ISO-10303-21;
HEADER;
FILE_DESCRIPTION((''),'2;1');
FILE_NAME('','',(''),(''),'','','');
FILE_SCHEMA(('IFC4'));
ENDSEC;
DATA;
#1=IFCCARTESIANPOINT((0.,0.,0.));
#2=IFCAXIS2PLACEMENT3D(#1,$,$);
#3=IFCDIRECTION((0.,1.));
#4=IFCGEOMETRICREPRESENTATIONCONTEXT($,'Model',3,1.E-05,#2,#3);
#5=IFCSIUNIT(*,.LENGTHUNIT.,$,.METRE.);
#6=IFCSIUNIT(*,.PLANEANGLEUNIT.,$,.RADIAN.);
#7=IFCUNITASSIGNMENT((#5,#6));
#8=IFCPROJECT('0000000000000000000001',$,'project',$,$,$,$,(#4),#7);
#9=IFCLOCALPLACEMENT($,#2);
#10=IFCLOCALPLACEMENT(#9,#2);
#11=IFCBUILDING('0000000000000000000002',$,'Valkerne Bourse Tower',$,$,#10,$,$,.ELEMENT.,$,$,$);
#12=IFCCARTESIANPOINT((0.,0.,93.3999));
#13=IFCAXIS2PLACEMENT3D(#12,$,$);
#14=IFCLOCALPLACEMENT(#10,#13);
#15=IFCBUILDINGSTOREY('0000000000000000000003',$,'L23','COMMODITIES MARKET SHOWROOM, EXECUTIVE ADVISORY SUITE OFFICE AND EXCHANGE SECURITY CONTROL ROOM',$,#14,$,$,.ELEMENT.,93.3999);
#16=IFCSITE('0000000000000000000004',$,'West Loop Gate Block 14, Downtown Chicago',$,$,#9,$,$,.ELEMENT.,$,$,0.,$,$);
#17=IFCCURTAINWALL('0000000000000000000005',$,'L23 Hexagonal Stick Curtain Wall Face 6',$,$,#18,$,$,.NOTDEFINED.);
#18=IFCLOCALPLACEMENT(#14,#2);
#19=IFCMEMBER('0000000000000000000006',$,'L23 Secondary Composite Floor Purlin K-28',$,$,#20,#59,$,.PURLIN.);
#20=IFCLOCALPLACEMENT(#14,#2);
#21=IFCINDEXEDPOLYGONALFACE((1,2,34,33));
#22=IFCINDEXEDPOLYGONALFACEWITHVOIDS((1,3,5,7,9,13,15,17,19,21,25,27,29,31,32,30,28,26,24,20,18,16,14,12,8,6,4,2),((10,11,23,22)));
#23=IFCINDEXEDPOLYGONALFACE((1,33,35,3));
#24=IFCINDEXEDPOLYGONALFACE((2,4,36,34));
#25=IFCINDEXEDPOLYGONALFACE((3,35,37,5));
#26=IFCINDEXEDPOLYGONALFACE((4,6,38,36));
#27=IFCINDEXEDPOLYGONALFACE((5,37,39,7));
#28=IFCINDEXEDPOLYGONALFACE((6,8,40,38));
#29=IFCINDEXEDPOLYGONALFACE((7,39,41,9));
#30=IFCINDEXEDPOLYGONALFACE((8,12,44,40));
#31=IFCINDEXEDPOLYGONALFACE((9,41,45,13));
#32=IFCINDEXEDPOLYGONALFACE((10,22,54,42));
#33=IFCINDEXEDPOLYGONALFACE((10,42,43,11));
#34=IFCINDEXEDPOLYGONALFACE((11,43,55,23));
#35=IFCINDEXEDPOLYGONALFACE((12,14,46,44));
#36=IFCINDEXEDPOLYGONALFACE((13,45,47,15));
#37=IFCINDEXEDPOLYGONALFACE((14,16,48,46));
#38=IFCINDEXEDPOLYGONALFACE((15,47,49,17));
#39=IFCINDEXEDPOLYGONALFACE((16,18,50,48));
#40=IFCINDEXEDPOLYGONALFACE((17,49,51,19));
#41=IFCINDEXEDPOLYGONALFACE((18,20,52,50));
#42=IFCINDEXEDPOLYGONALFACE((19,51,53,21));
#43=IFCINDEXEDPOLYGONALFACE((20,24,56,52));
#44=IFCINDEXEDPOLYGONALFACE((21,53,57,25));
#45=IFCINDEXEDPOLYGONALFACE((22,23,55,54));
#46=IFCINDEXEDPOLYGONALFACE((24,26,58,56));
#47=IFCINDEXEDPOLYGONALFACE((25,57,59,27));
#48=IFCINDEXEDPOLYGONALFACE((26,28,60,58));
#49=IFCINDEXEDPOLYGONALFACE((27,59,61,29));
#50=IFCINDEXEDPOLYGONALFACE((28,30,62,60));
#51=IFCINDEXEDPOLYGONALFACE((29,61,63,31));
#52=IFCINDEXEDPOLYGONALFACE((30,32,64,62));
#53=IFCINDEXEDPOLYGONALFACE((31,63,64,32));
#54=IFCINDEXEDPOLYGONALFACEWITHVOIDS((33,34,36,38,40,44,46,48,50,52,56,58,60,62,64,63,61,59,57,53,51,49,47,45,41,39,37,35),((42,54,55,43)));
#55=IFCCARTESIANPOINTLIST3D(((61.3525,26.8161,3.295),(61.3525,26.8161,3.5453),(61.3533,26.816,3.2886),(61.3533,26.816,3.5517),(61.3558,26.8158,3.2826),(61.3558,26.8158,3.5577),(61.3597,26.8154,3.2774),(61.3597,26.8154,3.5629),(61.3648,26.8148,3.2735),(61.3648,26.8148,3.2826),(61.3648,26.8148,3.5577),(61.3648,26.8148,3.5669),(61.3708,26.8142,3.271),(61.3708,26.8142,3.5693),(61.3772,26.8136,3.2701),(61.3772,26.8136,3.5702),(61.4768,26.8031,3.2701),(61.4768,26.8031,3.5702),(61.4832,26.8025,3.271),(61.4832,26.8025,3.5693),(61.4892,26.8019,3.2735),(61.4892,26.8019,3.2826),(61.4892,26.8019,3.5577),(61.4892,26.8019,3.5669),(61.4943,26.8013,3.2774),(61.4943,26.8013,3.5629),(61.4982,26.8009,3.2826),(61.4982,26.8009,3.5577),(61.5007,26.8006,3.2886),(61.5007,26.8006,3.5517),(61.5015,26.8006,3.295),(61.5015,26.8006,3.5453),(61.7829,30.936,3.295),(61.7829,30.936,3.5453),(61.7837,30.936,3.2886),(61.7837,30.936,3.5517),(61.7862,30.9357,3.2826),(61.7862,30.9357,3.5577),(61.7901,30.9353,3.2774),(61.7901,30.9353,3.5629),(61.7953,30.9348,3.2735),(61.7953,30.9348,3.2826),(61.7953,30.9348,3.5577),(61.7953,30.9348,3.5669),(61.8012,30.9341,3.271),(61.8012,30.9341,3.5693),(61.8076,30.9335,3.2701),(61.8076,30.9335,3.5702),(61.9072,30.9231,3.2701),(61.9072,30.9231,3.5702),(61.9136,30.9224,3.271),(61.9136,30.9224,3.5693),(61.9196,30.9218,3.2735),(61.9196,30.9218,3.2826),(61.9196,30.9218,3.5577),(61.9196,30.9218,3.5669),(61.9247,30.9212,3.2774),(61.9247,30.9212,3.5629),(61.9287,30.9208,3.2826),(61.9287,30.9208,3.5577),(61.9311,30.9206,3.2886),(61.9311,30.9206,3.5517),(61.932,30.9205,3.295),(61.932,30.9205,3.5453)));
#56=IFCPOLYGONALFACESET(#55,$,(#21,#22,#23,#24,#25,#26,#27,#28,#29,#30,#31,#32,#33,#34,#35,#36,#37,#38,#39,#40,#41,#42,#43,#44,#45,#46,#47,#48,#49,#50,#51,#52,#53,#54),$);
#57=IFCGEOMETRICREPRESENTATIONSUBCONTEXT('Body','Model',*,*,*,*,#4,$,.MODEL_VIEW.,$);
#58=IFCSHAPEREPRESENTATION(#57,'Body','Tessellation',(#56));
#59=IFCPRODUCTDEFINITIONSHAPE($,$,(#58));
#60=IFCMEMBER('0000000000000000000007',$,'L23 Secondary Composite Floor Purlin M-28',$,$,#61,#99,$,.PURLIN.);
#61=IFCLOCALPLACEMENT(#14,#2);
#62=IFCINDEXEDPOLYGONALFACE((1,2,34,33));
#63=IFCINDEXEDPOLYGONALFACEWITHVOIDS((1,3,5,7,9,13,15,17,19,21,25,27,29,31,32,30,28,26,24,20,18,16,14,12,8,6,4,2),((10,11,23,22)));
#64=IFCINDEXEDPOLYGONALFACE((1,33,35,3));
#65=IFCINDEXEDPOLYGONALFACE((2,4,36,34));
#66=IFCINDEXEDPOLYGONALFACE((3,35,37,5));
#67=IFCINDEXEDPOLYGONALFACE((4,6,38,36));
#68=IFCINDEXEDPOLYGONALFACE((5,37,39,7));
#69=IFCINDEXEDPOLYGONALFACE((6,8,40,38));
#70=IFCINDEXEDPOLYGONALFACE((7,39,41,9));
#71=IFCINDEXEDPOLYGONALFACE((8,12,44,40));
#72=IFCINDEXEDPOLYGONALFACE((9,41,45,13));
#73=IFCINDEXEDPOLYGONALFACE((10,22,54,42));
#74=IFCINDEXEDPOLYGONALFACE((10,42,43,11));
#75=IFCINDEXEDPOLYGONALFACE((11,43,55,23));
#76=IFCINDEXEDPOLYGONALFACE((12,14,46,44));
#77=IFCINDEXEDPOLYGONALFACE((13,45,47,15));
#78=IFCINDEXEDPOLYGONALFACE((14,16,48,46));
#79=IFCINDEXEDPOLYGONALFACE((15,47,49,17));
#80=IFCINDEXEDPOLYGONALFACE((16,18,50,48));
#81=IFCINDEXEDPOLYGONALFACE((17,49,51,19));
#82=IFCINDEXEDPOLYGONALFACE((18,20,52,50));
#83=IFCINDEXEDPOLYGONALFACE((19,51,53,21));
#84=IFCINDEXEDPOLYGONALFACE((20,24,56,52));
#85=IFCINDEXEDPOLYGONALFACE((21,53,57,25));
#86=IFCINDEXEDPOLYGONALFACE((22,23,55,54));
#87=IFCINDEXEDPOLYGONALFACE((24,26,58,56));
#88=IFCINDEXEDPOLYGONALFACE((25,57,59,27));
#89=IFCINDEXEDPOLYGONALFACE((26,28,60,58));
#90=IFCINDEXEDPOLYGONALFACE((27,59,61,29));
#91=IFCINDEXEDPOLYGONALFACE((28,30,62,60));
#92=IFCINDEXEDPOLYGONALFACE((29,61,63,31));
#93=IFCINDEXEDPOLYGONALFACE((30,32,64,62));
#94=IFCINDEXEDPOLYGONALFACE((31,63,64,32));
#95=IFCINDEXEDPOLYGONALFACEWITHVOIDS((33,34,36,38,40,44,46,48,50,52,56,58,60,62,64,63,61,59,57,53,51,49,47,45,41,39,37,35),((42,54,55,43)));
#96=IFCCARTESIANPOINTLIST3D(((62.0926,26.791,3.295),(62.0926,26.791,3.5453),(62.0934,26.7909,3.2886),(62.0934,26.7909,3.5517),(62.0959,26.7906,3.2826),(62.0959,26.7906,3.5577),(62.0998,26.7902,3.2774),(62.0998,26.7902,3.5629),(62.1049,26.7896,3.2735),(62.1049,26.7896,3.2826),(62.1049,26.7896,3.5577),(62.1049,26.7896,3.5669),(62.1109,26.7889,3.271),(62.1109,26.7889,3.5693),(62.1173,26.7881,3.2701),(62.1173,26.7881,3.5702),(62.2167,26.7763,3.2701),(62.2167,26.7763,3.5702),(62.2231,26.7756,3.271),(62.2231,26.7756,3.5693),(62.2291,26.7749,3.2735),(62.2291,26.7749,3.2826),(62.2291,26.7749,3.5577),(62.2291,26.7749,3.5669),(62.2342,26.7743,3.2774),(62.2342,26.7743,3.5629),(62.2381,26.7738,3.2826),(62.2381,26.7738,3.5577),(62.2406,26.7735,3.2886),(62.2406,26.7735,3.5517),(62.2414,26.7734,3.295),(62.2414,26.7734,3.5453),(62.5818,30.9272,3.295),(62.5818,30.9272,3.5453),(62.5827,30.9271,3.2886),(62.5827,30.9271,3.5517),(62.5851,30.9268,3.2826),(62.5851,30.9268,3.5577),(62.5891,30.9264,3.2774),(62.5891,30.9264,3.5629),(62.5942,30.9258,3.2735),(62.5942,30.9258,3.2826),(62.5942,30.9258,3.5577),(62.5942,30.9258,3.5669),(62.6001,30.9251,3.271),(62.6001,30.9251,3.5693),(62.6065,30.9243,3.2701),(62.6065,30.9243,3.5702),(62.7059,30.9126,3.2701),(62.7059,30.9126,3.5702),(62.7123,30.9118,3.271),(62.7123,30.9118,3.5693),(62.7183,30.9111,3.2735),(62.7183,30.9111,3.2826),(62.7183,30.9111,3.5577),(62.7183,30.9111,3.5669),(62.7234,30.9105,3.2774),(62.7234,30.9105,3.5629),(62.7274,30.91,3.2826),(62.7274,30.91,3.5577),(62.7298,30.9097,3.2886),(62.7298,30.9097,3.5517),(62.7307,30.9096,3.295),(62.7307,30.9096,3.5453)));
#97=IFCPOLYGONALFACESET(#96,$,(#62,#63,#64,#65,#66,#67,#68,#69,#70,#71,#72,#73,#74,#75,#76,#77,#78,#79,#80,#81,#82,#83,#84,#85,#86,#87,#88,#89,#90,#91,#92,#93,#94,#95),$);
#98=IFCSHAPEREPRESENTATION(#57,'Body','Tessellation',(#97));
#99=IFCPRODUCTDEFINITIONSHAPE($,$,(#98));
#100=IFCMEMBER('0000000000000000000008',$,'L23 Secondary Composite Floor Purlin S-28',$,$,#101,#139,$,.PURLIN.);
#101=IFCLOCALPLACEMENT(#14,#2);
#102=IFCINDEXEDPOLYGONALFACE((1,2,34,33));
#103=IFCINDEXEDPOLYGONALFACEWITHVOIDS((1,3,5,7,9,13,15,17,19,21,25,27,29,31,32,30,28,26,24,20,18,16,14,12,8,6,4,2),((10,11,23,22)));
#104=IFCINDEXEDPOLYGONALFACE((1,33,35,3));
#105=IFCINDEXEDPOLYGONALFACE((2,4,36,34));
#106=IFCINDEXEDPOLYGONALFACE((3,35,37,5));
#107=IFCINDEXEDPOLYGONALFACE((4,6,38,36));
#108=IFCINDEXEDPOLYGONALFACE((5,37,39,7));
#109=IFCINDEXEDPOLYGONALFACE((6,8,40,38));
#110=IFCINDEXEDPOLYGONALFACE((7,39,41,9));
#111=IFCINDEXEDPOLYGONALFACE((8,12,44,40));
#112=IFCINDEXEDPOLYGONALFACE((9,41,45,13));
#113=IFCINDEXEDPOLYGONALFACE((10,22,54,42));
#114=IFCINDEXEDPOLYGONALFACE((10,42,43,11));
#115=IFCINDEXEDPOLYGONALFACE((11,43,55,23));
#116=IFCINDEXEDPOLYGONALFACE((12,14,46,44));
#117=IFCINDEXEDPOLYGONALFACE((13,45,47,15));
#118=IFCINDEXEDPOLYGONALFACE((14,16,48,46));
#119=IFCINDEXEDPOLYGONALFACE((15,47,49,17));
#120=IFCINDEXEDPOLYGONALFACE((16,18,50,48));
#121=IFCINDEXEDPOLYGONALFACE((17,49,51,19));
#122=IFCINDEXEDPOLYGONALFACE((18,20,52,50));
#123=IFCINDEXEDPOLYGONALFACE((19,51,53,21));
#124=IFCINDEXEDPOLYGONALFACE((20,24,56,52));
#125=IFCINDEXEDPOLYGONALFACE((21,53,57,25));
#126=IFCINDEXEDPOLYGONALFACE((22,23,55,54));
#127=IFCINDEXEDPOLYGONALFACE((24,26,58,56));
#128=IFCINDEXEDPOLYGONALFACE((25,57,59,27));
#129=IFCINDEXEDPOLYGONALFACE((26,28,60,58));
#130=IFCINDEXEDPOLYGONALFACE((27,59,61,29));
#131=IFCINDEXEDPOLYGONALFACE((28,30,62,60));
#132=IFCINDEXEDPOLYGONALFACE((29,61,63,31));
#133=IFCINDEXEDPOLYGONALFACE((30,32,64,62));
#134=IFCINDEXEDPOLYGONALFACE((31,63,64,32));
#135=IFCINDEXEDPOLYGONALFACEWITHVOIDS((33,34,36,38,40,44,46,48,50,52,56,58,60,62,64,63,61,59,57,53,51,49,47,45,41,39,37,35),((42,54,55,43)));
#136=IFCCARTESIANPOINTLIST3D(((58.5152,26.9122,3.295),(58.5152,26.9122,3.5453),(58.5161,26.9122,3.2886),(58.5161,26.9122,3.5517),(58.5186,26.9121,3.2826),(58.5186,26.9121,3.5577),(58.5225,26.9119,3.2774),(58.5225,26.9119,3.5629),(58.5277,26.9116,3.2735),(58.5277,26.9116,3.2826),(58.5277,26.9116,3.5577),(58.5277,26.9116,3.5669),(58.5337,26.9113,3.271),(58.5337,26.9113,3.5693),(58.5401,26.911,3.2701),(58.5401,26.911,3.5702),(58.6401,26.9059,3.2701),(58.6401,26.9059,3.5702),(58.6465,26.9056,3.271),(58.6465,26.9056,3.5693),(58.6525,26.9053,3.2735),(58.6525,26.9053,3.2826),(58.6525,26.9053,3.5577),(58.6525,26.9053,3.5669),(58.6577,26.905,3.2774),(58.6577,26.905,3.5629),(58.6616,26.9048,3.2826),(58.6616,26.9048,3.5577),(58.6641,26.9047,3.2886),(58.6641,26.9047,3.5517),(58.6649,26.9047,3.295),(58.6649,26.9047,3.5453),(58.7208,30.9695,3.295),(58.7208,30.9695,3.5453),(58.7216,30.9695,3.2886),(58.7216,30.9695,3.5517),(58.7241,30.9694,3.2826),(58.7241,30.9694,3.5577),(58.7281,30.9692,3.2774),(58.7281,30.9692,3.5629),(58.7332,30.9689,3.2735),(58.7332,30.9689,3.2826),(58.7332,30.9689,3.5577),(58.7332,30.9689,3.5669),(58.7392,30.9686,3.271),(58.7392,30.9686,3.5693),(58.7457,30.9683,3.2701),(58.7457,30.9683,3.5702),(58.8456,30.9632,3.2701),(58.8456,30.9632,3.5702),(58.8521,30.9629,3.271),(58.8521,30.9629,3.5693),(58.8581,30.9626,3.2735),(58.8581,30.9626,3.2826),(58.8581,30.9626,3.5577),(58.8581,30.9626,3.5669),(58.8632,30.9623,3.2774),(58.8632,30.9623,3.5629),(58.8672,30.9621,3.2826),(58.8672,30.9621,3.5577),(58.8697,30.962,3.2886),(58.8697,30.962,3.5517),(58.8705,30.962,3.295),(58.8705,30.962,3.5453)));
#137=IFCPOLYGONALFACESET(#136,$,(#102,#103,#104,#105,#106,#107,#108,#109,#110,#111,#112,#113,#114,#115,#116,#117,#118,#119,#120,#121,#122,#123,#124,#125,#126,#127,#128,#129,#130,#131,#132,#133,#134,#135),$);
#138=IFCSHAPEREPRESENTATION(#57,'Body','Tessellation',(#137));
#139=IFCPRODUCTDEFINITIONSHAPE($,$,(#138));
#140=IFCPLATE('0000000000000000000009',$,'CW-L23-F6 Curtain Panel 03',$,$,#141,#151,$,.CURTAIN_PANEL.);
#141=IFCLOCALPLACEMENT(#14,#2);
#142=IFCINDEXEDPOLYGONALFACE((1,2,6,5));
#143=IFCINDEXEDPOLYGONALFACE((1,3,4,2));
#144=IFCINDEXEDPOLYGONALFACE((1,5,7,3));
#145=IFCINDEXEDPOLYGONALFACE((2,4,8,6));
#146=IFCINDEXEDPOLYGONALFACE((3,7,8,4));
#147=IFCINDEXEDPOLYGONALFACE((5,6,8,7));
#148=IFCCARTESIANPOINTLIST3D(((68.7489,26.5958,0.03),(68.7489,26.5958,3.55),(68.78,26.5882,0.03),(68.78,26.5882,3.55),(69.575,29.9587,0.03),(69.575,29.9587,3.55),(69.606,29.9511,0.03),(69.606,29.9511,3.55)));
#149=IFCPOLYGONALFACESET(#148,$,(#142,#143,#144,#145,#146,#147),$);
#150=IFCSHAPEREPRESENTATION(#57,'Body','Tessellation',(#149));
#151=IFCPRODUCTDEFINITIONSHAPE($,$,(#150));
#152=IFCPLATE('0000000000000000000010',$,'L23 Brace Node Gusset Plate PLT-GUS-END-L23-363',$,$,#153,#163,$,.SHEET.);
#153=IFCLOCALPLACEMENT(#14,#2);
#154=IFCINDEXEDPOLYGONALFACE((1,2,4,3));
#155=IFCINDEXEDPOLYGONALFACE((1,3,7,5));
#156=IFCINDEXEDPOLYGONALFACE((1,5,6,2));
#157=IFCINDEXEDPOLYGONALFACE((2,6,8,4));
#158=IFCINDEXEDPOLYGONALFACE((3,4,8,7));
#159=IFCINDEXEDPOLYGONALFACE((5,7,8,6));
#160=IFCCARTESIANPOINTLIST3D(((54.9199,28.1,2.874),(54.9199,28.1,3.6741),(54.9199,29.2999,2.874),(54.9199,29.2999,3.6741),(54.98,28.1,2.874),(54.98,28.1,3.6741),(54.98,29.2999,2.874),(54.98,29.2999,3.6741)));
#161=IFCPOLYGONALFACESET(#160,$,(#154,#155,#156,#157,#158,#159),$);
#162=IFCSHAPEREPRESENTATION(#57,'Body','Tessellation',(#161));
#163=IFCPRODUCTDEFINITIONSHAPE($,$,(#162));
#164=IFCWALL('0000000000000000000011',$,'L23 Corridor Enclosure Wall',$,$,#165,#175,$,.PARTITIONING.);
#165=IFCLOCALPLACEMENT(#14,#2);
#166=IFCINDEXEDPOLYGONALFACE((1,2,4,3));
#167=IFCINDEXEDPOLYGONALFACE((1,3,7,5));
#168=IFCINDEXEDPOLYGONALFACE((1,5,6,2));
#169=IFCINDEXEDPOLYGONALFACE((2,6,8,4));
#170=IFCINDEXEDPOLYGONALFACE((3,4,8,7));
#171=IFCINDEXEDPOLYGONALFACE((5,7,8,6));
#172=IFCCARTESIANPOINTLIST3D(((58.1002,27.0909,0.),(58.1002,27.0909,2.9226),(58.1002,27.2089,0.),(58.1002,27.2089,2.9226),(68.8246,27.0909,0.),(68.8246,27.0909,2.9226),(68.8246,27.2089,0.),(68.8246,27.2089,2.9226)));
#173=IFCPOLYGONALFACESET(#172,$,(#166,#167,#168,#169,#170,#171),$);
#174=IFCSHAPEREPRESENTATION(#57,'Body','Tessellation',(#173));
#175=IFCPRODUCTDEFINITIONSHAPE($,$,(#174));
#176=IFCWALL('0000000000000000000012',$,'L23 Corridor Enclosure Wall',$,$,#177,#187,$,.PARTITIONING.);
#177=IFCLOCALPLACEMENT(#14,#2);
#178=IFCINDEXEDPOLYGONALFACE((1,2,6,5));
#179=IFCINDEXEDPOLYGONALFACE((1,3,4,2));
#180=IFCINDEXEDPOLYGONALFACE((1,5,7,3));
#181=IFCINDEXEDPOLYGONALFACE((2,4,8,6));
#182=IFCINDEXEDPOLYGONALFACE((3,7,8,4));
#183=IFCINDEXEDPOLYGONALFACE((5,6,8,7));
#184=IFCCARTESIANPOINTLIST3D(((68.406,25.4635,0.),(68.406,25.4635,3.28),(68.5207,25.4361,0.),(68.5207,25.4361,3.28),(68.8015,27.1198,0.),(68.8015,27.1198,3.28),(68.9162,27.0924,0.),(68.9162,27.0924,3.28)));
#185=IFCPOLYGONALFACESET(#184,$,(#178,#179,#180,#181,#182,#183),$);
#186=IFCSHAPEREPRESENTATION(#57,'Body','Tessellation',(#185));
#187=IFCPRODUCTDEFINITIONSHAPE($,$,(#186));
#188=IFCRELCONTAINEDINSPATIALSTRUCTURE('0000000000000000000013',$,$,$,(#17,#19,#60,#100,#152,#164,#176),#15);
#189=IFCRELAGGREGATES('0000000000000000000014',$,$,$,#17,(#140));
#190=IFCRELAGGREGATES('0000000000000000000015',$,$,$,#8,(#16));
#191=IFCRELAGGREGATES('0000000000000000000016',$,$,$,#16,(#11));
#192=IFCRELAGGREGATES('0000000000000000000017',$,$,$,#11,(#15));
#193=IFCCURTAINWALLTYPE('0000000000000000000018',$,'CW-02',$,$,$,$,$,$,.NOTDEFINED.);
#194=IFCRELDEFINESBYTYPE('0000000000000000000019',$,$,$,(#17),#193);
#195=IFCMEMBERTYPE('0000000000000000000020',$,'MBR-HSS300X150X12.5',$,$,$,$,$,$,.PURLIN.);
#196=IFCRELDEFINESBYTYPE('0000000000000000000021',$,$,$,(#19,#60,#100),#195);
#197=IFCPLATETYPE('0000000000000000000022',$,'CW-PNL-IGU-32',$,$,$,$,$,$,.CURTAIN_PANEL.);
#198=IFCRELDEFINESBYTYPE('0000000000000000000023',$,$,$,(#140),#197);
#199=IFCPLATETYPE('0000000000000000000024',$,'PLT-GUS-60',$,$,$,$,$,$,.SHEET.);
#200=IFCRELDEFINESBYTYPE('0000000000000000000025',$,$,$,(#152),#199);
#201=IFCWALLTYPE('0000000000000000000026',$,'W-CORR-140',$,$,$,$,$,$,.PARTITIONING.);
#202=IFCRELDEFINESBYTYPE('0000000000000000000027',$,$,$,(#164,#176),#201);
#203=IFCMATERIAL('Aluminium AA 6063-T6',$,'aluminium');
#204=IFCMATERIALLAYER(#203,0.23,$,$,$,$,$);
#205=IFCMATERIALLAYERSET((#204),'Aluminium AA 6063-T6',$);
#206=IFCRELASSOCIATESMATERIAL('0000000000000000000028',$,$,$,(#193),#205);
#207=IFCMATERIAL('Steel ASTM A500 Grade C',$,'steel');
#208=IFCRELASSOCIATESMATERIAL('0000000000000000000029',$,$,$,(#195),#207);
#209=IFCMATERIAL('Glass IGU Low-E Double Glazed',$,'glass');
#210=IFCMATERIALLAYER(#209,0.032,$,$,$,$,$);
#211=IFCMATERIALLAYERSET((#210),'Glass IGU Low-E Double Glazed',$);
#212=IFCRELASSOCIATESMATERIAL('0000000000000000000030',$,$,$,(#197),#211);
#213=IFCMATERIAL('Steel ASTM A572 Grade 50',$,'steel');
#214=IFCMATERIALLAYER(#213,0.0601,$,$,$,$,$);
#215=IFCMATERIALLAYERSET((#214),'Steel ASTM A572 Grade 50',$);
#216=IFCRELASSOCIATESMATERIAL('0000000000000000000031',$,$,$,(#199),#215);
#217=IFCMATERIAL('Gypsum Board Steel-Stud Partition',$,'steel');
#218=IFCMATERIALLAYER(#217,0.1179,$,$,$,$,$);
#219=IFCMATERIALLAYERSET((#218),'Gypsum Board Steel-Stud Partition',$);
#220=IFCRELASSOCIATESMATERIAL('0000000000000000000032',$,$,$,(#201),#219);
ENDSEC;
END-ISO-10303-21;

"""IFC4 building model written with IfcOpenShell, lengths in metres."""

from ifc_helpers import new_model, si_unit, direction, frame, frame_2d, origin, origin_2d, place, context, subcontext, project, spatial, rectangle, hollow_rectangle, extrude, material, layer, layer_set, material_profile, profile_set, type_object, element, aggregate, save


model = new_model("IFC4")

# Units and contexts
model_context = context("Model", 3, precision=1e-05, world=origin(), true_north=direction((0.0, 1.0)))
body_context = subcontext(model_context, "Body", "Model", "MODEL_VIEW")
ifc_project = project(units=[si_unit("LENGTHUNIT", "METRE"), si_unit("PLANEANGLEUNIT", "RADIAN")], contexts=[model_context])

# Site, building, storey
site_placement = place(None, origin())
site = spatial("IfcSite", under=ifc_project, at=site_placement, Name="West Loop Gate Block 14, Downtown Chicago", CompositionType="ELEMENT", RefElevation=0.0)
building_placement = place(site_placement, origin())
building = spatial("IfcBuilding", under=site, at=building_placement, Name="Valkerne Bourse Tower", CompositionType="ELEMENT")
storey_placement = place(building_placement, frame((0.0, 0.0, 93.3999)))
storey = spatial("IfcBuildingStorey", under=building, at=storey_placement, Name="L23", Description="COMMODITIES MARKET SHOWROOM, EXECUTIVE ADVISORY SUITE OFFICE AND EXCHANGE SECURITY CONTROL ROOM", CompositionType="ELEMENT", Elevation=93.3999)

# Curtain wall
ifc_material_1 = material(Name="Aluminium AA 6063-T6", Category="aluminium")
ifc_layer_1 = layer(ifc_material_1, 0.23)
ifc_layer_set_1 = layer_set([ifc_layer_1], Name="Aluminium AA 6063-T6")
curtain_wall_type = type_object("IfcCurtainWallType", Name="CW-02", PredefinedType="NOTDEFINED", material=ifc_layer_set_1)
curtain_wall_placement = place(storey_placement, origin())
curtain_wall = element("IfcCurtainWall", 1, at=curtain_wall_placement, inside=storey, type_object=curtain_wall_type, Name="L23 Hexagonal Stick Curtain Wall Face 6", PredefinedType="NOTDEFINED")

# Members
ifc_material_2 = material(Name="Steel ASTM A500 Grade C", Category="steel")
ifc_material_profile_1 = material_profile(ifc_material_2, hollow_rectangle(XDim=0.1499, YDim=0.3, WallThickness=0.0125, OuterFilletRadius=0.0249, at=origin_2d()), Name="HSS300X150X12.5")
ifc_profile_set_1 = profile_set([ifc_material_profile_1], Name="Steel ASTM A500 Grade C")
member_type_1 = type_object("IfcMemberType", Name="MBR-HSS300X150X12.5", PredefinedType="PURLIN", material=ifc_profile_set_1)
member_1_placement = place(storey_placement, frame((61.427, 26.8083, 3.4202), z_axis=(0.103909, 0.994587, 0.0), x_axis=(-0.994587, 0.103909, 0.0)))
element("IfcMember", 2, at=member_1_placement, inside=storey, type_object=member_type_1, Name="L23 Secondary Composite Floor Purlin K-28", PredefinedType="PURLIN", context=body_context, shape_type="SweptSolid", body=[
    extrude(hollow_rectangle(XDim=0.1499, YDim=0.3, WallThickness=0.0125, OuterFilletRadius=0.0249, at=origin_2d()), origin(), (0.0, 0.0, 1.0), 4.1423),
])
member_2_placement = place(storey_placement, frame((62.167, 26.7822, 3.4202), z_axis=(0.117467, 0.993077, 0.0), x_axis=(-0.993077, 0.117467, 0.0)))
element("IfcMember", 3, at=member_2_placement, inside=storey, type_object=member_type_1, Name="L23 Secondary Composite Floor Purlin M-28", PredefinedType="PURLIN", context=body_context, shape_type="SweptSolid", body=[
    extrude(hollow_rectangle(XDim=0.1499, YDim=0.3, WallThickness=0.0125, OuterFilletRadius=0.0249, at=origin_2d()), origin(), (0.0, 0.0, 1.0), 4.165),
])
member_3_placement = place(storey_placement, frame((58.5901, 26.9084, 3.4202), z_axis=(0.0506, 0.998719, 0.0), x_axis=(-0.998719, 0.0506, 0.0)))
element("IfcMember", 4, at=member_3_placement, inside=storey, type_object=member_type_1, Name="L23 Secondary Composite Floor Purlin S-28", PredefinedType="PURLIN", context=body_context, shape_type="SweptSolid", body=[
    extrude(hollow_rectangle(XDim=0.1499, YDim=0.3, WallThickness=0.0125, OuterFilletRadius=0.0249, at=origin_2d()), origin(), (0.0, 0.0, 1.0), 4.0625),
])

# Plates
ifc_material_3 = material(Name="Glass IGU Low-E Double Glazed", Category="glass")
ifc_layer_2 = layer(ifc_material_3, 0.032)
ifc_layer_set_2 = layer_set([ifc_layer_2], Name="Glass IGU Low-E Double Glazed")
plate_type_1 = type_object("IfcPlateType", Name="CW-PNL-IGU-32", PredefinedType="CURTAIN_PANEL", material=ifc_layer_set_2)
plate_1_placement = place(storey_placement, frame((69.1775, 28.2734, 0.03), z_axis=(0.0, 0.0, 1.0), x_axis=(0.238539, 0.971133, 0.0)))
plate_1 = element("IfcPlate", 5, at=plate_1_placement, type_object=plate_type_1, Name="CW-L23-F6 Curtain Panel 03", PredefinedType="CURTAIN_PANEL", context=body_context, shape_type="SweptSolid", body=[
    extrude(rectangle(XDim=3.4629, YDim=0.032, at=origin_2d()), origin(), (0.0, 0.0, 1.0), 3.52),
])
aggregate(curtain_wall, [plate_1])
ifc_material_4 = material(Name="Steel ASTM A572 Grade 50", Category="steel")
ifc_layer_3 = layer(ifc_material_4, 0.0601)
ifc_layer_set_3 = layer_set([ifc_layer_3], Name="Steel ASTM A572 Grade 50")
plate_type_2 = type_object("IfcPlateType", Name="PLT-GUS-60", PredefinedType="SHEET", material=ifc_layer_set_3)
plate_2_placement = place(storey_placement, frame((54.95, 28.7, 2.874), z_axis=(0.0, 0.0, 1.0), x_axis=(0.0, 1.0, 0.0)))
element("IfcPlate", 6, at=plate_2_placement, inside=storey, type_object=plate_type_2, Name="L23 Brace Node Gusset Plate PLT-GUS-END-L23-363", PredefinedType="SHEET", context=body_context, shape_type="SweptSolid", body=[
    extrude(rectangle(XDim=1.2, YDim=0.0601, at=origin_2d()), origin(), (0.0, 0.0, 1.0), 0.8),
])

# Walls
ifc_material_5 = material(Name="Gypsum Board Steel-Stud Partition", Category="steel")
ifc_layer_4 = layer(ifc_material_5, 0.1179)
ifc_layer_set_4 = layer_set([ifc_layer_4], Name="Gypsum Board Steel-Stud Partition")
wall_type_1 = type_object("IfcWallType", Name="W-CORR-140", PredefinedType="PARTITIONING", material=ifc_layer_set_4)
wall_1_placement = place(storey_placement, frame((58.1001, 27.1499, 0.0), z_axis=(0.0, 0.0, 1.0), x_axis=(1.0, 0.0, 0.0)))
element("IfcWall", 7, at=wall_1_placement, inside=storey, type_object=wall_type_1, Name="L23 Corridor Enclosure Wall", PredefinedType="PARTITIONING", context=body_context, shape_type="SweptSolid", body=[
    extrude(rectangle(XDim=10.7244, YDim=0.1179, at=frame_2d((5.3623, 0.0))), origin(), (0.0, 0.0, 1.0), 2.9226),
])
wall_2_placement = place(storey_placement, frame((68.8589, 27.1062, 0.0), z_axis=(0.0, 0.0, 1.0), x_axis=(-0.232267, -0.972652, 0.0)))
element("IfcWall", 8, at=wall_2_placement, inside=storey, type_object=wall_type_1, Name="L23 Corridor Enclosure Wall", PredefinedType="PARTITIONING", context=body_context, shape_type="SweptSolid", body=[
    extrude(rectangle(XDim=1.7029, YDim=0.1179, at=frame_2d((0.8516, 0.0))), origin(), (0.0, 0.0, 1.0), 3.28),
])

save(model, "model.ifc")
